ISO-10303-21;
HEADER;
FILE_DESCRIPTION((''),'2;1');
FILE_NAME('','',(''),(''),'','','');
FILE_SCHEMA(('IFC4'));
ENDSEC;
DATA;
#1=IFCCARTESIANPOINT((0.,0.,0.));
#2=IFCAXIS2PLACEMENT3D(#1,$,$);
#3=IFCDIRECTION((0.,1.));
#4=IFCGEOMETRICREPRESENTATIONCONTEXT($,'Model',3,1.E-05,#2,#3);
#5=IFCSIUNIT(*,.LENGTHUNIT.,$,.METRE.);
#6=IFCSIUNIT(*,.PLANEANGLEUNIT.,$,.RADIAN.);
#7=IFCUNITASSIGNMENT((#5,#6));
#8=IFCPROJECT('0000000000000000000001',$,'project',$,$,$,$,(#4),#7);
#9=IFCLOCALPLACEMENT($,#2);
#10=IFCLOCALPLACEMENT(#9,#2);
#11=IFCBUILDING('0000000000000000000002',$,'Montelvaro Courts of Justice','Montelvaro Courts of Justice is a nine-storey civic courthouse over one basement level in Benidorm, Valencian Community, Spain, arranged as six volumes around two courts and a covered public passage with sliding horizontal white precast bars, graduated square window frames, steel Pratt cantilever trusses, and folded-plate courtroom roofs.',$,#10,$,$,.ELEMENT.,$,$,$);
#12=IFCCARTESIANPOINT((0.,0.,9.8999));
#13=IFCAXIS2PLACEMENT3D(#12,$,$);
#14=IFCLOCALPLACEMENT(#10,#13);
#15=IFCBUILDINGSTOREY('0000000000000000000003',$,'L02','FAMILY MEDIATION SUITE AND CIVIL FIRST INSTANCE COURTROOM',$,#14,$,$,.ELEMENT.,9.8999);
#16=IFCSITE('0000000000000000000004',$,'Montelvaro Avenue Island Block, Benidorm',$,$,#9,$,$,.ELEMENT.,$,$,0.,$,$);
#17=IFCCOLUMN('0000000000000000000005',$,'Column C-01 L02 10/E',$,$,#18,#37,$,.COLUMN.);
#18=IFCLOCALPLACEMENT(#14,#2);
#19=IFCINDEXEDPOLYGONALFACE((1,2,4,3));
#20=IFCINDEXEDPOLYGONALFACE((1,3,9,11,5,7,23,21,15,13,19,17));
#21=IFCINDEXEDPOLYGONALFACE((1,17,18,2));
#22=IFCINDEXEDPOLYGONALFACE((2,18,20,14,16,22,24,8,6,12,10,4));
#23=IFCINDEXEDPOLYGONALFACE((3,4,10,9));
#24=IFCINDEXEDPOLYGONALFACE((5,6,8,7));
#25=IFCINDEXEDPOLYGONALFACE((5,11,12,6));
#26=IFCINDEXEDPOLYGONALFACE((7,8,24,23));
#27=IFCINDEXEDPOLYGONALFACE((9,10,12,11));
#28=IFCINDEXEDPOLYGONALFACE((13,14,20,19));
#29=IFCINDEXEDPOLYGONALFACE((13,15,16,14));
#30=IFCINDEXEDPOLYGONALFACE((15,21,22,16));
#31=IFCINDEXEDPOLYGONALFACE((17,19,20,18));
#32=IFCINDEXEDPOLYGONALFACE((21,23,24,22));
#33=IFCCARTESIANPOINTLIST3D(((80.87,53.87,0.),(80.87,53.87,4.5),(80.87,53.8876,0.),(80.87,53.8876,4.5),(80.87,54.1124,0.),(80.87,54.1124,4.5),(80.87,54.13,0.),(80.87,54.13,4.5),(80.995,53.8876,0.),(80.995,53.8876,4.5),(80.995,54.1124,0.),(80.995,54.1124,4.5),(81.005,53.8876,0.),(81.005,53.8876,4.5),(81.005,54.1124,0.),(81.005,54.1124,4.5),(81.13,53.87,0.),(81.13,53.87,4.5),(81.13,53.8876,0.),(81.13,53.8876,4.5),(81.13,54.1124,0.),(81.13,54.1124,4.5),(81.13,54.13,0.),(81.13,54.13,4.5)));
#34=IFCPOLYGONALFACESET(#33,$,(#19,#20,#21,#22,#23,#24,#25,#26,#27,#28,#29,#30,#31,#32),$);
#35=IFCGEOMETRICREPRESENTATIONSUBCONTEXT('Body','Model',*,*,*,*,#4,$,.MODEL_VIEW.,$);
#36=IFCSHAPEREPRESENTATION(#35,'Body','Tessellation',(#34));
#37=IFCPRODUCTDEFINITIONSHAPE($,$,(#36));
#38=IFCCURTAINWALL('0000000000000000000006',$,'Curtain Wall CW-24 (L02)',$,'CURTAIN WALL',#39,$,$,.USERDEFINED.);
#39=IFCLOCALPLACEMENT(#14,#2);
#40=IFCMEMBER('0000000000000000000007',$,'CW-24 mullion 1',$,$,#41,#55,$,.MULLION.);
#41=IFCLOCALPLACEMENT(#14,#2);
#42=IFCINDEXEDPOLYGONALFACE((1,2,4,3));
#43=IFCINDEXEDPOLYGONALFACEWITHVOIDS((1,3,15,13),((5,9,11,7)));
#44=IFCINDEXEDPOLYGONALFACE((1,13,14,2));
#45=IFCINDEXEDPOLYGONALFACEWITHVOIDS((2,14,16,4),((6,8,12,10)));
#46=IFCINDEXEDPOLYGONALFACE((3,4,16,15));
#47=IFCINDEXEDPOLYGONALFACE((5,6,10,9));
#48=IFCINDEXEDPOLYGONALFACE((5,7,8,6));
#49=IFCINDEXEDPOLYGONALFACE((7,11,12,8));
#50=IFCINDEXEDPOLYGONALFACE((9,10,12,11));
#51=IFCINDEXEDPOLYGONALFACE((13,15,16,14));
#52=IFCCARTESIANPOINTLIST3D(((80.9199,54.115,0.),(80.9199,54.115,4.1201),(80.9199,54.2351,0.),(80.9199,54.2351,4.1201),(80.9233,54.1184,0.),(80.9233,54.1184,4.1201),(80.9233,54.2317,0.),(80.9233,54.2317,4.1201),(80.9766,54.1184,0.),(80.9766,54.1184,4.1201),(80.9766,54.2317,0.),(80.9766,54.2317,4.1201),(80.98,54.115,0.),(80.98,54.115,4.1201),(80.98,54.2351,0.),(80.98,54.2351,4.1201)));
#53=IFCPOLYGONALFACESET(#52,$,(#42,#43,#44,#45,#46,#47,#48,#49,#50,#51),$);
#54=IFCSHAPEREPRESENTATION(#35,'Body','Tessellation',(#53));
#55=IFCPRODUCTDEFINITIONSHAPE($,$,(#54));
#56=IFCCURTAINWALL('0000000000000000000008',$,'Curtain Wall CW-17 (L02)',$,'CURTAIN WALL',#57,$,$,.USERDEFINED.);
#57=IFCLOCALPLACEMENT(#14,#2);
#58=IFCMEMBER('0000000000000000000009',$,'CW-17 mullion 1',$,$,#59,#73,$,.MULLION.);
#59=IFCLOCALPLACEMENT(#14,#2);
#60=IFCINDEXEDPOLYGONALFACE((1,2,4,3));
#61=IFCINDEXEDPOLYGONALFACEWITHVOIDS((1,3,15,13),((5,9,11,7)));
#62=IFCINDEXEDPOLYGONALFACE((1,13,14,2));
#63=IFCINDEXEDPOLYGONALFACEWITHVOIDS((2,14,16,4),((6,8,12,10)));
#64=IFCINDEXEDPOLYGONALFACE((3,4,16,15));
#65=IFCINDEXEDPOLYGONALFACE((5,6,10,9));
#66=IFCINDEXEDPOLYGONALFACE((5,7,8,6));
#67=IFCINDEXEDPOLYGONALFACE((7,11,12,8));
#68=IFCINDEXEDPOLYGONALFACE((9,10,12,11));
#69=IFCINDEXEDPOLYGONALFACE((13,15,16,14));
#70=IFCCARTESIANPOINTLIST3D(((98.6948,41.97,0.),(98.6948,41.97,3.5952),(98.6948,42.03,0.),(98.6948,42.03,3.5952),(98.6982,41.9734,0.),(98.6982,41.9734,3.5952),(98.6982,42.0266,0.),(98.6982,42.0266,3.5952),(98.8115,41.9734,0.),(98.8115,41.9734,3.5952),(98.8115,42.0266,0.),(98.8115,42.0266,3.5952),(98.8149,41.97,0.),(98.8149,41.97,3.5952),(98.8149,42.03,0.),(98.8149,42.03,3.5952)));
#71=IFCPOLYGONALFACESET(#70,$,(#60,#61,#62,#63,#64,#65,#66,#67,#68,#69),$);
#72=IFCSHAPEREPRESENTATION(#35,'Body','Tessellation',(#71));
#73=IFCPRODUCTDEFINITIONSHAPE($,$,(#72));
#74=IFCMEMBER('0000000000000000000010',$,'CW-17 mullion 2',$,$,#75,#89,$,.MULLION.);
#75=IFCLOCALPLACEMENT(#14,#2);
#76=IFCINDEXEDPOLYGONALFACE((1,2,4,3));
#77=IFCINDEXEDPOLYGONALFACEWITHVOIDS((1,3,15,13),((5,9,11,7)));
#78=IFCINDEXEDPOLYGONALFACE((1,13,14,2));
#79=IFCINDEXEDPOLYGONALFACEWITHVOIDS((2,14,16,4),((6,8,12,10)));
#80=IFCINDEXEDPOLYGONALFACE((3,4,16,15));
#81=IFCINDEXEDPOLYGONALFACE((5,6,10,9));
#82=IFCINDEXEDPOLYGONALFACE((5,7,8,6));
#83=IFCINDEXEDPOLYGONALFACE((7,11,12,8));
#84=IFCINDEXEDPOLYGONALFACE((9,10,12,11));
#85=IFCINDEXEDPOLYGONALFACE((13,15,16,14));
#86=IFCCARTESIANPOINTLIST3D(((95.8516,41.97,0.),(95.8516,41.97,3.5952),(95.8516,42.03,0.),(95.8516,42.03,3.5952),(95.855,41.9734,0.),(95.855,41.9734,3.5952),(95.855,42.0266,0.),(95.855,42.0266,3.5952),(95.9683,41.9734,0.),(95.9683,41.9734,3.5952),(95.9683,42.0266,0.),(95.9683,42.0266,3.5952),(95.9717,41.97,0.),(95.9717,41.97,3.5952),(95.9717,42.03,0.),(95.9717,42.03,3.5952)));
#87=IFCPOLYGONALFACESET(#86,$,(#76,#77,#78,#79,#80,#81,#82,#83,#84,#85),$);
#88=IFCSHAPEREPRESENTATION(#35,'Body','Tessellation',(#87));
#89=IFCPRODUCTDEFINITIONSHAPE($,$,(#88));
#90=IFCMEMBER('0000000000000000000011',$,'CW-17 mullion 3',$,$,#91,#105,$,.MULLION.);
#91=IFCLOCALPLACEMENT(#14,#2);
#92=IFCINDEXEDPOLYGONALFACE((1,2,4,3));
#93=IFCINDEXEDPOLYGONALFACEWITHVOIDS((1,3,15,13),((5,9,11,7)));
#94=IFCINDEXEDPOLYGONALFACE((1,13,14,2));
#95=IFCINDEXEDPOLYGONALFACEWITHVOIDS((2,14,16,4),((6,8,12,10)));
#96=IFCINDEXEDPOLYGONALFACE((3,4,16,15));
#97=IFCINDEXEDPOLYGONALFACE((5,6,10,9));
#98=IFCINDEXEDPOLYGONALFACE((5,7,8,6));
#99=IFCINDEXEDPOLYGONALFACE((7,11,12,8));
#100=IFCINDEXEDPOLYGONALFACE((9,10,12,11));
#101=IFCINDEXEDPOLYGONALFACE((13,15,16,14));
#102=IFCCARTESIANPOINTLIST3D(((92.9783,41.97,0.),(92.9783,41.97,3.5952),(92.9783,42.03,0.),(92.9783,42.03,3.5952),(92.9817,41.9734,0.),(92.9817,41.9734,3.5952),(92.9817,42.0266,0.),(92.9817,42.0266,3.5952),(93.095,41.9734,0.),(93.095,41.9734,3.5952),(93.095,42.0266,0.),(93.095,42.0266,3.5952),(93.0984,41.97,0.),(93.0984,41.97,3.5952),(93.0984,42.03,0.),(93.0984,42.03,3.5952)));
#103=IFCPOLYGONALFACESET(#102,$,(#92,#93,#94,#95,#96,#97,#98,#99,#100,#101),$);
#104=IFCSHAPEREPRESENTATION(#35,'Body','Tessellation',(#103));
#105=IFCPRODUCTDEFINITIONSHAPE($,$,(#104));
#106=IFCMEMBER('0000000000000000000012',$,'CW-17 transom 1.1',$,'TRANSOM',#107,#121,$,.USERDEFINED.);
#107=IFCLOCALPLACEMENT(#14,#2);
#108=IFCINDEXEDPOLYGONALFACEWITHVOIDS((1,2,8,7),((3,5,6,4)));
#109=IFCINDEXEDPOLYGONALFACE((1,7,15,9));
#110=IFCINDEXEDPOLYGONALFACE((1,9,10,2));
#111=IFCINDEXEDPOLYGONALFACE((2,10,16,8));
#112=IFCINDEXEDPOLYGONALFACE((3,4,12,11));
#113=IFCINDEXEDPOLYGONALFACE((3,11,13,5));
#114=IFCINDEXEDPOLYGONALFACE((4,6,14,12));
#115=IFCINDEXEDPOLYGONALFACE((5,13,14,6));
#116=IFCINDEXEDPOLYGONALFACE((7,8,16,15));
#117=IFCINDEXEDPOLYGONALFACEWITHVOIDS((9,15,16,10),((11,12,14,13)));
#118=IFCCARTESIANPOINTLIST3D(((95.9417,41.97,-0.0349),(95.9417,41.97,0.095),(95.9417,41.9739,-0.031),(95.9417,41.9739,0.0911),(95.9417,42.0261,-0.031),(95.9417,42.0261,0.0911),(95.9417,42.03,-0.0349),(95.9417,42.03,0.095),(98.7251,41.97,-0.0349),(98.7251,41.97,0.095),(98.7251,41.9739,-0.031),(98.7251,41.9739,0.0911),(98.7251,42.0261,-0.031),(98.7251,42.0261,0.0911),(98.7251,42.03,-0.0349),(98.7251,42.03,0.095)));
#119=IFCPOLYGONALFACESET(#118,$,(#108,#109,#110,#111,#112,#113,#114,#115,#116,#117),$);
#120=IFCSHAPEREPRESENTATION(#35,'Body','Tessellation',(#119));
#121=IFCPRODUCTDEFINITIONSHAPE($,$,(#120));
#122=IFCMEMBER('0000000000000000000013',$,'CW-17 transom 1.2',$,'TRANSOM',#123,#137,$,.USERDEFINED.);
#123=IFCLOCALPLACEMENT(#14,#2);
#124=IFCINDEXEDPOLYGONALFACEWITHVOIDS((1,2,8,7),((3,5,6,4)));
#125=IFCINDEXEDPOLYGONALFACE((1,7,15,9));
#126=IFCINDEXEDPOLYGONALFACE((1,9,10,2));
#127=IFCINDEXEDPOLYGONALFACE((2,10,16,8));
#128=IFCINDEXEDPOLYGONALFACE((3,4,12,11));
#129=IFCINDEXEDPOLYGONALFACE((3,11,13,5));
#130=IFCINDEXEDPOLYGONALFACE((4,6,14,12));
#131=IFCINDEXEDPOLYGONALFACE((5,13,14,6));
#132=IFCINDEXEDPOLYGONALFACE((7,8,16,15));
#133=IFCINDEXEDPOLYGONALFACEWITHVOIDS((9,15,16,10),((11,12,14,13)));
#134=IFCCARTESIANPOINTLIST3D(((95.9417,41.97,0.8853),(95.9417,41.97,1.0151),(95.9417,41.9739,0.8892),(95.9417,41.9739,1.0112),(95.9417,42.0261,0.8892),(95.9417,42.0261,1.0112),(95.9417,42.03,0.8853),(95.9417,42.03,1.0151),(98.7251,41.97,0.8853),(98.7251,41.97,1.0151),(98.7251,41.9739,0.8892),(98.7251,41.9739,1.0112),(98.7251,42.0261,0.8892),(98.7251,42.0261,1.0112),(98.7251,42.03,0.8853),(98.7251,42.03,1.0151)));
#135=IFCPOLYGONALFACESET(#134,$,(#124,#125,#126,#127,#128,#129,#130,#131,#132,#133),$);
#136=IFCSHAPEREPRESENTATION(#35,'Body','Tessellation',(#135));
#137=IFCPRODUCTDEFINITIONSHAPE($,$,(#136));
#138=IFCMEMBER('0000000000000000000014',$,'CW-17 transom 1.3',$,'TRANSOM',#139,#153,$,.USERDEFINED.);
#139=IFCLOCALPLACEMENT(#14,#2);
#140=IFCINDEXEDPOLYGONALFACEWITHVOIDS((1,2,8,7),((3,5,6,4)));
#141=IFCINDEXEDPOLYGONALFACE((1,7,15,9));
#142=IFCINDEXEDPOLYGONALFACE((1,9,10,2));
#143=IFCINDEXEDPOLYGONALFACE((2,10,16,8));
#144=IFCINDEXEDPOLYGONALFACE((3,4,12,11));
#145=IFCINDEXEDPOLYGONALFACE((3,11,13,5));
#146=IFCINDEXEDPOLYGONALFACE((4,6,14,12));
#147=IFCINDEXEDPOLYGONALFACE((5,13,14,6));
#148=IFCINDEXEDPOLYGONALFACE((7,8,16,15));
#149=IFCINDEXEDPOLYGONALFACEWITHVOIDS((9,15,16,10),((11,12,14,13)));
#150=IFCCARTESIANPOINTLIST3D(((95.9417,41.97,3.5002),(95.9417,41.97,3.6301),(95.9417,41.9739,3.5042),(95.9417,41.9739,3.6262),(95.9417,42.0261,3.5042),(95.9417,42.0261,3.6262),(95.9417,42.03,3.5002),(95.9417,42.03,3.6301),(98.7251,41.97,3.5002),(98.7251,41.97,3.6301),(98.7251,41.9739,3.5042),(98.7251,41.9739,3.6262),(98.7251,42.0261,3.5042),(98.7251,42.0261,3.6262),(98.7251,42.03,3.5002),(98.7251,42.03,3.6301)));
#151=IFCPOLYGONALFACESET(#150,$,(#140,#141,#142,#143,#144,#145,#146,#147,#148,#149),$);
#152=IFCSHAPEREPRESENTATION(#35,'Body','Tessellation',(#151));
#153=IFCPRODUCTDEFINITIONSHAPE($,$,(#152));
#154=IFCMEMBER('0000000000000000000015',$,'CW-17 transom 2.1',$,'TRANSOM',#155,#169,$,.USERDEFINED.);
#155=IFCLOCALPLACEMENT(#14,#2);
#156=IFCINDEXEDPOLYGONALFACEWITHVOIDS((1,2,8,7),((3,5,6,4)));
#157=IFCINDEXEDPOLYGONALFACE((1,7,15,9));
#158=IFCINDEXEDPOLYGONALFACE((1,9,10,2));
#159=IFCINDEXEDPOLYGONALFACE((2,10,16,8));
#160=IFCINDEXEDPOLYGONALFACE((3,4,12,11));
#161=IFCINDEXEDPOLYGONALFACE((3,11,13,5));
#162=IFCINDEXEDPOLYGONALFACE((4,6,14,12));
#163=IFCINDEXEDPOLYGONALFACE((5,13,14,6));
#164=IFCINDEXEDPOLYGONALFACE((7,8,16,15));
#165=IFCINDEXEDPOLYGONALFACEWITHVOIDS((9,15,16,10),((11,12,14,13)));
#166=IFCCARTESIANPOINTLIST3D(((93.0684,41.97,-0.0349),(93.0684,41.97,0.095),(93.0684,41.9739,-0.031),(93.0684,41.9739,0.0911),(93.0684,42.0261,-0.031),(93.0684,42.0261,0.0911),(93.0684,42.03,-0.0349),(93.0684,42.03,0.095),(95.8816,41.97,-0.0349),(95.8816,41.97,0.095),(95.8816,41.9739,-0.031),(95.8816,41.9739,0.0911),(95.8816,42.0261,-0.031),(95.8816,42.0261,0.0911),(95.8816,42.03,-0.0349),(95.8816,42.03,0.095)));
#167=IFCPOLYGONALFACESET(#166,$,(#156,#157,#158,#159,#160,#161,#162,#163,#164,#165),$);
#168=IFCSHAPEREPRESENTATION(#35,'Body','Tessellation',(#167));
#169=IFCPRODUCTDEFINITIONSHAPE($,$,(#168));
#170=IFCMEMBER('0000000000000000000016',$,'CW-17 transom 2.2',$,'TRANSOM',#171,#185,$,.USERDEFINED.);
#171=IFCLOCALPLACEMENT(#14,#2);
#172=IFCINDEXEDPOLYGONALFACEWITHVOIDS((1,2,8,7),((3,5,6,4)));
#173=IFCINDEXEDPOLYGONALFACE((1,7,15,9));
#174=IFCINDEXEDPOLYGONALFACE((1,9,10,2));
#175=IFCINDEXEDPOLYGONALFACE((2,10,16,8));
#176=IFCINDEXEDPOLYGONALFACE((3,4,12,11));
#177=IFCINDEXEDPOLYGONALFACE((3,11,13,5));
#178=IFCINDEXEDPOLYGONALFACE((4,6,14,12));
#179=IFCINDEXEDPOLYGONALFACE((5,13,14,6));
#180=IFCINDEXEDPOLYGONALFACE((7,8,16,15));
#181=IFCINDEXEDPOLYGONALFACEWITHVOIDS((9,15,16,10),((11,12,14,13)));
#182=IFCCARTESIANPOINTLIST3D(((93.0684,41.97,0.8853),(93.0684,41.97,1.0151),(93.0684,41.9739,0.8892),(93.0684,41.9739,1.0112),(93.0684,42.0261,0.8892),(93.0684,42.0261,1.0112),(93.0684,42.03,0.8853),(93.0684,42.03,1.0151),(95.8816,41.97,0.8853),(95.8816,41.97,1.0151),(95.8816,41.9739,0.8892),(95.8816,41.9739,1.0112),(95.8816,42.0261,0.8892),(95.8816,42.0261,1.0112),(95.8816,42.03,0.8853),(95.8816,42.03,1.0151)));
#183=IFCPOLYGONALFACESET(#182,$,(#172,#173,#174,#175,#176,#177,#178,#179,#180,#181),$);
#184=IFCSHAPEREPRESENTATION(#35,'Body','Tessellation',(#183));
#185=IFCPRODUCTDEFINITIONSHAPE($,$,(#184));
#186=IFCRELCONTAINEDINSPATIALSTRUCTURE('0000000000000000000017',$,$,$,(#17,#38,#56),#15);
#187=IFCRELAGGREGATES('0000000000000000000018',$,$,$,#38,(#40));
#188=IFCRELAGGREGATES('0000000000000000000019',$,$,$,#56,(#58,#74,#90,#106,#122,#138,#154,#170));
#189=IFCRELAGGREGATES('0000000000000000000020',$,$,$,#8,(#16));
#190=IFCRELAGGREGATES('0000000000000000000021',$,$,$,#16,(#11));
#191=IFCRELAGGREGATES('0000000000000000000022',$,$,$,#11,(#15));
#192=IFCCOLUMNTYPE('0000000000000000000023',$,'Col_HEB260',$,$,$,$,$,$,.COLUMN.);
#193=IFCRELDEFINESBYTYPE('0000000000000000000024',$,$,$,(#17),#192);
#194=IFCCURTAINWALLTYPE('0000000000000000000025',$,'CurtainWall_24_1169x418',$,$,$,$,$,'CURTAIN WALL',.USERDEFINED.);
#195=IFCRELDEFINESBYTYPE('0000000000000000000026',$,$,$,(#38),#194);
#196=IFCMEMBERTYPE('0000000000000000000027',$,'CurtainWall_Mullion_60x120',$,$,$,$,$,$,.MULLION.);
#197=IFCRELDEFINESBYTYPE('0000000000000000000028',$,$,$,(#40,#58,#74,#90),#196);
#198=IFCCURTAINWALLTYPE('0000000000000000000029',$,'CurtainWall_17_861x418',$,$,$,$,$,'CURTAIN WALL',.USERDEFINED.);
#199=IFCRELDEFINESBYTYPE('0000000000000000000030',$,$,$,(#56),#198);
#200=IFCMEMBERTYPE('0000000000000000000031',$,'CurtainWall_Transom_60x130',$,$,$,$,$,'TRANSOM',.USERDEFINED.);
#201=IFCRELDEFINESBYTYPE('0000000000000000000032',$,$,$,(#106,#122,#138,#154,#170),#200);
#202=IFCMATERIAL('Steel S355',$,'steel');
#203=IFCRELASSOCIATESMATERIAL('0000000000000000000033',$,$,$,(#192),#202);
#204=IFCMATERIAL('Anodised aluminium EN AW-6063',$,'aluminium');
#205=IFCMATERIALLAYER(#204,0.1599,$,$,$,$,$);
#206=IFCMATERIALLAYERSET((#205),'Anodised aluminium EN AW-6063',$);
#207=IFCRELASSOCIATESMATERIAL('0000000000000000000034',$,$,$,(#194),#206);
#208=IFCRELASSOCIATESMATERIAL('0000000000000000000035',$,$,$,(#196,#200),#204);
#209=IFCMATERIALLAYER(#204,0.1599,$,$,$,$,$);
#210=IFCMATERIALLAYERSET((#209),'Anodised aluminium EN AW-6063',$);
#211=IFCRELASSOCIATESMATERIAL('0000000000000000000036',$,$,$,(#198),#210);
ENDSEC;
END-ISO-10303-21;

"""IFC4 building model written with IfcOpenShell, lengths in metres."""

from ifc_helpers import new_model, si_unit, direction, frame, origin, origin_2d, place, context, subcontext, project, spatial, hollow_rectangle, i_section, extrude, material, layer, layer_set, material_profile, profile_set, type_object, element, aggregate, save


model = new_model("IFC4")

# Units and contexts
model_context = context("Model", 3, precision=1e-05, world=origin(), true_north=direction((0.0, 1.0)))
body_context = subcontext(model_context, "Body", "Model", "MODEL_VIEW")
ifc_project = project(units=[si_unit("LENGTHUNIT", "METRE"), si_unit("PLANEANGLEUNIT", "RADIAN")], contexts=[model_context])

# Site, building, storey
site_placement = place(None, origin())
site = spatial("IfcSite", under=ifc_project, at=site_placement, Name="Montelvaro Avenue Island Block, Benidorm", CompositionType="ELEMENT", RefElevation=0.0)
building_placement = place(site_placement, origin())
building = spatial("IfcBuilding", under=site, at=building_placement, Name="Montelvaro Courts of Justice", Description="Montelvaro Courts of Justice is a nine-storey civic courthouse over one basement level in Benidorm, Valencian Community, Spain, arranged as six volumes around two courts and a covered public passage with sliding horizontal white precast bars, graduated square window frames, steel Pratt cantilever trusses, and folded-plate courtroom roofs.", CompositionType="ELEMENT")
storey_placement = place(building_placement, frame((0.0, 0.0, 9.8999)))
storey = spatial("IfcBuildingStorey", under=building, at=storey_placement, Name="L02", Description="FAMILY MEDIATION SUITE AND CIVIL FIRST INSTANCE COURTROOM", CompositionType="ELEMENT", Elevation=9.8999)

# Column
ifc_material_1 = material(Name="Steel S355", Category="steel")
ifc_material_profile_1 = material_profile(ifc_material_1, i_section(OverallWidth=0.26, OverallDepth=0.26, WebThickness=0.01, FlangeThickness=0.0176, at=origin_2d()), Name="HEB 260")
ifc_profile_set_1 = profile_set([ifc_material_profile_1], Name="Steel S355")
column_type = type_object("IfcColumnType", Name="Col_HEB260", PredefinedType="COLUMN", material=ifc_profile_set_1)
column_placement = place(storey_placement, frame((81.0, 54.0, 0.0), z_axis=(0.0, 0.0, 1.0), x_axis=(1.0, 0.0, 0.0)))
element("IfcColumn", 1, at=column_placement, inside=storey, type_object=column_type, Name="Column C-01 L02 10/E", PredefinedType="COLUMN", context=body_context, shape_type="SweptSolid", body=[
    extrude(i_section(OverallWidth=0.26, OverallDepth=0.26, WebThickness=0.01, FlangeThickness=0.0176, at=origin_2d()), origin(), (0.0, 0.0, 1.0), 4.5),
])

# Curtain wall, member
ifc_material_2 = material(Name="Anodised aluminium EN AW-6063", Category="aluminium")
ifc_layer_1 = layer(ifc_material_2, 0.1599)
ifc_layer_set_1 = layer_set([ifc_layer_1], Name="Anodised aluminium EN AW-6063")
curtain_wall_type_1 = type_object("IfcCurtainWallType", Name="CurtainWall_24_1169x418", ElementType="CURTAIN WALL", PredefinedType="USERDEFINED", material=ifc_layer_set_1)
curtain_wall_1_placement = place(storey_placement, origin())
curtain_wall_1 = element("IfcCurtainWall", 2, at=curtain_wall_1_placement, inside=storey, type_object=curtain_wall_type_1, Name="Curtain Wall CW-24 (L02)", ObjectType="CURTAIN WALL", PredefinedType="USERDEFINED")
ifc_material_profile_2 = material_profile(ifc_material_2, hollow_rectangle(XDim=0.0601, YDim=0.1201, WallThickness=0.0034, at=origin_2d()), Name="ALU-M 60x120")
ifc_profile_set_2 = profile_set([ifc_material_profile_2], Name="Anodised aluminium EN AW-6063")
member_type_1 = type_object("IfcMemberType", Name="CurtainWall_Mullion_60x120", PredefinedType="MULLION", material=ifc_profile_set_2)
member_1_placement = place(storey_placement, frame((80.95, 54.175, 0.0), z_axis=(0.0, 0.0, 1.0), x_axis=(-1.0, 0.0, 0.0)))
member_1 = element("IfcMember", 3, at=member_1_placement, type_object=member_type_1, Name="CW-24 mullion 1", PredefinedType="MULLION", context=body_context, shape_type="SweptSolid", body=[
    extrude(hollow_rectangle(XDim=0.0601, YDim=0.1201, WallThickness=0.0034, at=origin_2d()), origin(), (0.0, 0.0, 1.0), 4.1201),
])

# Curtain wall, members
ifc_layer_2 = layer(ifc_material_2, 0.1599)
ifc_layer_set_2 = layer_set([ifc_layer_2], Name="Anodised aluminium EN AW-6063")
curtain_wall_type_2 = type_object("IfcCurtainWallType", Name="CurtainWall_17_861x418", ElementType="CURTAIN WALL", PredefinedType="USERDEFINED", material=ifc_layer_set_2)
curtain_wall_2_placement = place(storey_placement, origin())
curtain_wall_2 = element("IfcCurtainWall", 4, at=curtain_wall_2_placement, inside=storey, type_object=curtain_wall_type_2, Name="Curtain Wall CW-17 (L02)", ObjectType="CURTAIN WALL", PredefinedType="USERDEFINED")
member_2_placement = place(storey_placement, frame((98.7549, 42.0, 0.0), z_axis=(0.0, 0.0, 1.0), x_axis=(0.0, -1.0, 0.0)))
member_2 = element("IfcMember", 5, at=member_2_placement, type_object=member_type_1, Name="CW-17 mullion 1", PredefinedType="MULLION", context=body_context, shape_type="SweptSolid", body=[
    extrude(hollow_rectangle(XDim=0.0601, YDim=0.1201, WallThickness=0.0034, at=origin_2d()), origin(), (0.0, 0.0, 1.0), 3.5952),
])
member_3_placement = place(storey_placement, frame((95.9116, 42.0, 0.0), z_axis=(0.0, 0.0, 1.0), x_axis=(0.0, -1.0, 0.0)))
member_3 = element("IfcMember", 6, at=member_3_placement, type_object=member_type_1, Name="CW-17 mullion 2", PredefinedType="MULLION", context=body_context, shape_type="SweptSolid", body=[
    extrude(hollow_rectangle(XDim=0.0601, YDim=0.1201, WallThickness=0.0034, at=origin_2d()), origin(), (0.0, 0.0, 1.0), 3.5952),
])
member_4_placement = place(storey_placement, frame((93.0383, 42.0, 0.0), z_axis=(0.0, 0.0, 1.0), x_axis=(0.0, -1.0, 0.0)))
member_4 = element("IfcMember", 7, at=member_4_placement, type_object=member_type_1, Name="CW-17 mullion 3", PredefinedType="MULLION", context=body_context, shape_type="SweptSolid", body=[
    extrude(hollow_rectangle(XDim=0.0601, YDim=0.1201, WallThickness=0.0034, at=origin_2d()), origin(), (0.0, 0.0, 1.0), 3.5952),
])
ifc_material_profile_3 = material_profile(ifc_material_2, hollow_rectangle(XDim=0.0601, YDim=0.1299, WallThickness=0.0039, at=origin_2d()), Name="ALU-T 60x130")
ifc_profile_set_3 = profile_set([ifc_material_profile_3], Name="Anodised aluminium EN AW-6063")
member_type_2 = type_object("IfcMemberType", Name="CurtainWall_Transom_60x130", ElementType="TRANSOM", PredefinedType="USERDEFINED", material=ifc_profile_set_3)
member_5_placement = place(storey_placement, frame((98.7251, 42.0, 0.03), z_axis=(-1.0, 0.0, 0.0), x_axis=(0.0, -1.0, 0.0)))
member_5 = element("IfcMember", 8, at=member_5_placement, type_object=member_type_2, Name="CW-17 transom 1.1", ObjectType="TRANSOM", PredefinedType="USERDEFINED", context=body_context, shape_type="SweptSolid", body=[
    extrude(hollow_rectangle(XDim=0.0601, YDim=0.1299, WallThickness=0.0039, at=origin_2d()), origin(), (0.0, 0.0, 1.0), 2.7834),
])
member_6_placement = place(storey_placement, frame((98.7251, 42.0, 0.9502), z_axis=(-1.0, 0.0, 0.0), x_axis=(0.0, -1.0, 0.0)))
member_6 = element("IfcMember", 9, at=member_6_placement, type_object=member_type_2, Name="CW-17 transom 1.2", ObjectType="TRANSOM", PredefinedType="USERDEFINED", context=body_context, shape_type="SweptSolid", body=[
    extrude(hollow_rectangle(XDim=0.0601, YDim=0.1299, WallThickness=0.0039, at=origin_2d()), origin(), (0.0, 0.0, 1.0), 2.7834),
])
member_7_placement = place(storey_placement, frame((98.7251, 42.0, 3.5652), z_axis=(-1.0, 0.0, 0.0), x_axis=(0.0, -1.0, 0.0)))
member_7 = element("IfcMember", 10, at=member_7_placement, type_object=member_type_2, Name="CW-17 transom 1.3", ObjectType="TRANSOM", PredefinedType="USERDEFINED", context=body_context, shape_type="SweptSolid", body=[
    extrude(hollow_rectangle(XDim=0.0601, YDim=0.1299, WallThickness=0.0039, at=origin_2d()), origin(), (0.0, 0.0, 1.0), 2.7834),
])
member_8_placement = place(storey_placement, frame((95.8816, 42.0, 0.03), z_axis=(-1.0, 0.0, 0.0), x_axis=(0.0, -1.0, 0.0)))
member_8 = element("IfcMember", 11, at=member_8_placement, type_object=member_type_2, Name="CW-17 transom 2.1", ObjectType="TRANSOM", PredefinedType="USERDEFINED", context=body_context, shape_type="SweptSolid", body=[
    extrude(hollow_rectangle(XDim=0.0601, YDim=0.1299, WallThickness=0.0039, at=origin_2d()), origin(), (0.0, 0.0, 1.0), 2.8132),
])
member_9_placement = place(storey_placement, frame((95.8816, 42.0, 0.9502), z_axis=(-1.0, 0.0, 0.0), x_axis=(0.0, -1.0, 0.0)))
member_9 = element("IfcMember", 12, at=member_9_placement, type_object=member_type_2, Name="CW-17 transom 2.2", ObjectType="TRANSOM", PredefinedType="USERDEFINED", context=body_context, shape_type="SweptSolid", body=[
    extrude(hollow_rectangle(XDim=0.0601, YDim=0.1299, WallThickness=0.0039, at=origin_2d()), origin(), (0.0, 0.0, 1.0), 2.8132),
])

aggregate(curtain_wall_1, [member_1])

aggregate(curtain_wall_2, [member_2, member_3, member_4, member_5, member_6, member_7, member_8, member_9])

save(model, "model.ifc")
